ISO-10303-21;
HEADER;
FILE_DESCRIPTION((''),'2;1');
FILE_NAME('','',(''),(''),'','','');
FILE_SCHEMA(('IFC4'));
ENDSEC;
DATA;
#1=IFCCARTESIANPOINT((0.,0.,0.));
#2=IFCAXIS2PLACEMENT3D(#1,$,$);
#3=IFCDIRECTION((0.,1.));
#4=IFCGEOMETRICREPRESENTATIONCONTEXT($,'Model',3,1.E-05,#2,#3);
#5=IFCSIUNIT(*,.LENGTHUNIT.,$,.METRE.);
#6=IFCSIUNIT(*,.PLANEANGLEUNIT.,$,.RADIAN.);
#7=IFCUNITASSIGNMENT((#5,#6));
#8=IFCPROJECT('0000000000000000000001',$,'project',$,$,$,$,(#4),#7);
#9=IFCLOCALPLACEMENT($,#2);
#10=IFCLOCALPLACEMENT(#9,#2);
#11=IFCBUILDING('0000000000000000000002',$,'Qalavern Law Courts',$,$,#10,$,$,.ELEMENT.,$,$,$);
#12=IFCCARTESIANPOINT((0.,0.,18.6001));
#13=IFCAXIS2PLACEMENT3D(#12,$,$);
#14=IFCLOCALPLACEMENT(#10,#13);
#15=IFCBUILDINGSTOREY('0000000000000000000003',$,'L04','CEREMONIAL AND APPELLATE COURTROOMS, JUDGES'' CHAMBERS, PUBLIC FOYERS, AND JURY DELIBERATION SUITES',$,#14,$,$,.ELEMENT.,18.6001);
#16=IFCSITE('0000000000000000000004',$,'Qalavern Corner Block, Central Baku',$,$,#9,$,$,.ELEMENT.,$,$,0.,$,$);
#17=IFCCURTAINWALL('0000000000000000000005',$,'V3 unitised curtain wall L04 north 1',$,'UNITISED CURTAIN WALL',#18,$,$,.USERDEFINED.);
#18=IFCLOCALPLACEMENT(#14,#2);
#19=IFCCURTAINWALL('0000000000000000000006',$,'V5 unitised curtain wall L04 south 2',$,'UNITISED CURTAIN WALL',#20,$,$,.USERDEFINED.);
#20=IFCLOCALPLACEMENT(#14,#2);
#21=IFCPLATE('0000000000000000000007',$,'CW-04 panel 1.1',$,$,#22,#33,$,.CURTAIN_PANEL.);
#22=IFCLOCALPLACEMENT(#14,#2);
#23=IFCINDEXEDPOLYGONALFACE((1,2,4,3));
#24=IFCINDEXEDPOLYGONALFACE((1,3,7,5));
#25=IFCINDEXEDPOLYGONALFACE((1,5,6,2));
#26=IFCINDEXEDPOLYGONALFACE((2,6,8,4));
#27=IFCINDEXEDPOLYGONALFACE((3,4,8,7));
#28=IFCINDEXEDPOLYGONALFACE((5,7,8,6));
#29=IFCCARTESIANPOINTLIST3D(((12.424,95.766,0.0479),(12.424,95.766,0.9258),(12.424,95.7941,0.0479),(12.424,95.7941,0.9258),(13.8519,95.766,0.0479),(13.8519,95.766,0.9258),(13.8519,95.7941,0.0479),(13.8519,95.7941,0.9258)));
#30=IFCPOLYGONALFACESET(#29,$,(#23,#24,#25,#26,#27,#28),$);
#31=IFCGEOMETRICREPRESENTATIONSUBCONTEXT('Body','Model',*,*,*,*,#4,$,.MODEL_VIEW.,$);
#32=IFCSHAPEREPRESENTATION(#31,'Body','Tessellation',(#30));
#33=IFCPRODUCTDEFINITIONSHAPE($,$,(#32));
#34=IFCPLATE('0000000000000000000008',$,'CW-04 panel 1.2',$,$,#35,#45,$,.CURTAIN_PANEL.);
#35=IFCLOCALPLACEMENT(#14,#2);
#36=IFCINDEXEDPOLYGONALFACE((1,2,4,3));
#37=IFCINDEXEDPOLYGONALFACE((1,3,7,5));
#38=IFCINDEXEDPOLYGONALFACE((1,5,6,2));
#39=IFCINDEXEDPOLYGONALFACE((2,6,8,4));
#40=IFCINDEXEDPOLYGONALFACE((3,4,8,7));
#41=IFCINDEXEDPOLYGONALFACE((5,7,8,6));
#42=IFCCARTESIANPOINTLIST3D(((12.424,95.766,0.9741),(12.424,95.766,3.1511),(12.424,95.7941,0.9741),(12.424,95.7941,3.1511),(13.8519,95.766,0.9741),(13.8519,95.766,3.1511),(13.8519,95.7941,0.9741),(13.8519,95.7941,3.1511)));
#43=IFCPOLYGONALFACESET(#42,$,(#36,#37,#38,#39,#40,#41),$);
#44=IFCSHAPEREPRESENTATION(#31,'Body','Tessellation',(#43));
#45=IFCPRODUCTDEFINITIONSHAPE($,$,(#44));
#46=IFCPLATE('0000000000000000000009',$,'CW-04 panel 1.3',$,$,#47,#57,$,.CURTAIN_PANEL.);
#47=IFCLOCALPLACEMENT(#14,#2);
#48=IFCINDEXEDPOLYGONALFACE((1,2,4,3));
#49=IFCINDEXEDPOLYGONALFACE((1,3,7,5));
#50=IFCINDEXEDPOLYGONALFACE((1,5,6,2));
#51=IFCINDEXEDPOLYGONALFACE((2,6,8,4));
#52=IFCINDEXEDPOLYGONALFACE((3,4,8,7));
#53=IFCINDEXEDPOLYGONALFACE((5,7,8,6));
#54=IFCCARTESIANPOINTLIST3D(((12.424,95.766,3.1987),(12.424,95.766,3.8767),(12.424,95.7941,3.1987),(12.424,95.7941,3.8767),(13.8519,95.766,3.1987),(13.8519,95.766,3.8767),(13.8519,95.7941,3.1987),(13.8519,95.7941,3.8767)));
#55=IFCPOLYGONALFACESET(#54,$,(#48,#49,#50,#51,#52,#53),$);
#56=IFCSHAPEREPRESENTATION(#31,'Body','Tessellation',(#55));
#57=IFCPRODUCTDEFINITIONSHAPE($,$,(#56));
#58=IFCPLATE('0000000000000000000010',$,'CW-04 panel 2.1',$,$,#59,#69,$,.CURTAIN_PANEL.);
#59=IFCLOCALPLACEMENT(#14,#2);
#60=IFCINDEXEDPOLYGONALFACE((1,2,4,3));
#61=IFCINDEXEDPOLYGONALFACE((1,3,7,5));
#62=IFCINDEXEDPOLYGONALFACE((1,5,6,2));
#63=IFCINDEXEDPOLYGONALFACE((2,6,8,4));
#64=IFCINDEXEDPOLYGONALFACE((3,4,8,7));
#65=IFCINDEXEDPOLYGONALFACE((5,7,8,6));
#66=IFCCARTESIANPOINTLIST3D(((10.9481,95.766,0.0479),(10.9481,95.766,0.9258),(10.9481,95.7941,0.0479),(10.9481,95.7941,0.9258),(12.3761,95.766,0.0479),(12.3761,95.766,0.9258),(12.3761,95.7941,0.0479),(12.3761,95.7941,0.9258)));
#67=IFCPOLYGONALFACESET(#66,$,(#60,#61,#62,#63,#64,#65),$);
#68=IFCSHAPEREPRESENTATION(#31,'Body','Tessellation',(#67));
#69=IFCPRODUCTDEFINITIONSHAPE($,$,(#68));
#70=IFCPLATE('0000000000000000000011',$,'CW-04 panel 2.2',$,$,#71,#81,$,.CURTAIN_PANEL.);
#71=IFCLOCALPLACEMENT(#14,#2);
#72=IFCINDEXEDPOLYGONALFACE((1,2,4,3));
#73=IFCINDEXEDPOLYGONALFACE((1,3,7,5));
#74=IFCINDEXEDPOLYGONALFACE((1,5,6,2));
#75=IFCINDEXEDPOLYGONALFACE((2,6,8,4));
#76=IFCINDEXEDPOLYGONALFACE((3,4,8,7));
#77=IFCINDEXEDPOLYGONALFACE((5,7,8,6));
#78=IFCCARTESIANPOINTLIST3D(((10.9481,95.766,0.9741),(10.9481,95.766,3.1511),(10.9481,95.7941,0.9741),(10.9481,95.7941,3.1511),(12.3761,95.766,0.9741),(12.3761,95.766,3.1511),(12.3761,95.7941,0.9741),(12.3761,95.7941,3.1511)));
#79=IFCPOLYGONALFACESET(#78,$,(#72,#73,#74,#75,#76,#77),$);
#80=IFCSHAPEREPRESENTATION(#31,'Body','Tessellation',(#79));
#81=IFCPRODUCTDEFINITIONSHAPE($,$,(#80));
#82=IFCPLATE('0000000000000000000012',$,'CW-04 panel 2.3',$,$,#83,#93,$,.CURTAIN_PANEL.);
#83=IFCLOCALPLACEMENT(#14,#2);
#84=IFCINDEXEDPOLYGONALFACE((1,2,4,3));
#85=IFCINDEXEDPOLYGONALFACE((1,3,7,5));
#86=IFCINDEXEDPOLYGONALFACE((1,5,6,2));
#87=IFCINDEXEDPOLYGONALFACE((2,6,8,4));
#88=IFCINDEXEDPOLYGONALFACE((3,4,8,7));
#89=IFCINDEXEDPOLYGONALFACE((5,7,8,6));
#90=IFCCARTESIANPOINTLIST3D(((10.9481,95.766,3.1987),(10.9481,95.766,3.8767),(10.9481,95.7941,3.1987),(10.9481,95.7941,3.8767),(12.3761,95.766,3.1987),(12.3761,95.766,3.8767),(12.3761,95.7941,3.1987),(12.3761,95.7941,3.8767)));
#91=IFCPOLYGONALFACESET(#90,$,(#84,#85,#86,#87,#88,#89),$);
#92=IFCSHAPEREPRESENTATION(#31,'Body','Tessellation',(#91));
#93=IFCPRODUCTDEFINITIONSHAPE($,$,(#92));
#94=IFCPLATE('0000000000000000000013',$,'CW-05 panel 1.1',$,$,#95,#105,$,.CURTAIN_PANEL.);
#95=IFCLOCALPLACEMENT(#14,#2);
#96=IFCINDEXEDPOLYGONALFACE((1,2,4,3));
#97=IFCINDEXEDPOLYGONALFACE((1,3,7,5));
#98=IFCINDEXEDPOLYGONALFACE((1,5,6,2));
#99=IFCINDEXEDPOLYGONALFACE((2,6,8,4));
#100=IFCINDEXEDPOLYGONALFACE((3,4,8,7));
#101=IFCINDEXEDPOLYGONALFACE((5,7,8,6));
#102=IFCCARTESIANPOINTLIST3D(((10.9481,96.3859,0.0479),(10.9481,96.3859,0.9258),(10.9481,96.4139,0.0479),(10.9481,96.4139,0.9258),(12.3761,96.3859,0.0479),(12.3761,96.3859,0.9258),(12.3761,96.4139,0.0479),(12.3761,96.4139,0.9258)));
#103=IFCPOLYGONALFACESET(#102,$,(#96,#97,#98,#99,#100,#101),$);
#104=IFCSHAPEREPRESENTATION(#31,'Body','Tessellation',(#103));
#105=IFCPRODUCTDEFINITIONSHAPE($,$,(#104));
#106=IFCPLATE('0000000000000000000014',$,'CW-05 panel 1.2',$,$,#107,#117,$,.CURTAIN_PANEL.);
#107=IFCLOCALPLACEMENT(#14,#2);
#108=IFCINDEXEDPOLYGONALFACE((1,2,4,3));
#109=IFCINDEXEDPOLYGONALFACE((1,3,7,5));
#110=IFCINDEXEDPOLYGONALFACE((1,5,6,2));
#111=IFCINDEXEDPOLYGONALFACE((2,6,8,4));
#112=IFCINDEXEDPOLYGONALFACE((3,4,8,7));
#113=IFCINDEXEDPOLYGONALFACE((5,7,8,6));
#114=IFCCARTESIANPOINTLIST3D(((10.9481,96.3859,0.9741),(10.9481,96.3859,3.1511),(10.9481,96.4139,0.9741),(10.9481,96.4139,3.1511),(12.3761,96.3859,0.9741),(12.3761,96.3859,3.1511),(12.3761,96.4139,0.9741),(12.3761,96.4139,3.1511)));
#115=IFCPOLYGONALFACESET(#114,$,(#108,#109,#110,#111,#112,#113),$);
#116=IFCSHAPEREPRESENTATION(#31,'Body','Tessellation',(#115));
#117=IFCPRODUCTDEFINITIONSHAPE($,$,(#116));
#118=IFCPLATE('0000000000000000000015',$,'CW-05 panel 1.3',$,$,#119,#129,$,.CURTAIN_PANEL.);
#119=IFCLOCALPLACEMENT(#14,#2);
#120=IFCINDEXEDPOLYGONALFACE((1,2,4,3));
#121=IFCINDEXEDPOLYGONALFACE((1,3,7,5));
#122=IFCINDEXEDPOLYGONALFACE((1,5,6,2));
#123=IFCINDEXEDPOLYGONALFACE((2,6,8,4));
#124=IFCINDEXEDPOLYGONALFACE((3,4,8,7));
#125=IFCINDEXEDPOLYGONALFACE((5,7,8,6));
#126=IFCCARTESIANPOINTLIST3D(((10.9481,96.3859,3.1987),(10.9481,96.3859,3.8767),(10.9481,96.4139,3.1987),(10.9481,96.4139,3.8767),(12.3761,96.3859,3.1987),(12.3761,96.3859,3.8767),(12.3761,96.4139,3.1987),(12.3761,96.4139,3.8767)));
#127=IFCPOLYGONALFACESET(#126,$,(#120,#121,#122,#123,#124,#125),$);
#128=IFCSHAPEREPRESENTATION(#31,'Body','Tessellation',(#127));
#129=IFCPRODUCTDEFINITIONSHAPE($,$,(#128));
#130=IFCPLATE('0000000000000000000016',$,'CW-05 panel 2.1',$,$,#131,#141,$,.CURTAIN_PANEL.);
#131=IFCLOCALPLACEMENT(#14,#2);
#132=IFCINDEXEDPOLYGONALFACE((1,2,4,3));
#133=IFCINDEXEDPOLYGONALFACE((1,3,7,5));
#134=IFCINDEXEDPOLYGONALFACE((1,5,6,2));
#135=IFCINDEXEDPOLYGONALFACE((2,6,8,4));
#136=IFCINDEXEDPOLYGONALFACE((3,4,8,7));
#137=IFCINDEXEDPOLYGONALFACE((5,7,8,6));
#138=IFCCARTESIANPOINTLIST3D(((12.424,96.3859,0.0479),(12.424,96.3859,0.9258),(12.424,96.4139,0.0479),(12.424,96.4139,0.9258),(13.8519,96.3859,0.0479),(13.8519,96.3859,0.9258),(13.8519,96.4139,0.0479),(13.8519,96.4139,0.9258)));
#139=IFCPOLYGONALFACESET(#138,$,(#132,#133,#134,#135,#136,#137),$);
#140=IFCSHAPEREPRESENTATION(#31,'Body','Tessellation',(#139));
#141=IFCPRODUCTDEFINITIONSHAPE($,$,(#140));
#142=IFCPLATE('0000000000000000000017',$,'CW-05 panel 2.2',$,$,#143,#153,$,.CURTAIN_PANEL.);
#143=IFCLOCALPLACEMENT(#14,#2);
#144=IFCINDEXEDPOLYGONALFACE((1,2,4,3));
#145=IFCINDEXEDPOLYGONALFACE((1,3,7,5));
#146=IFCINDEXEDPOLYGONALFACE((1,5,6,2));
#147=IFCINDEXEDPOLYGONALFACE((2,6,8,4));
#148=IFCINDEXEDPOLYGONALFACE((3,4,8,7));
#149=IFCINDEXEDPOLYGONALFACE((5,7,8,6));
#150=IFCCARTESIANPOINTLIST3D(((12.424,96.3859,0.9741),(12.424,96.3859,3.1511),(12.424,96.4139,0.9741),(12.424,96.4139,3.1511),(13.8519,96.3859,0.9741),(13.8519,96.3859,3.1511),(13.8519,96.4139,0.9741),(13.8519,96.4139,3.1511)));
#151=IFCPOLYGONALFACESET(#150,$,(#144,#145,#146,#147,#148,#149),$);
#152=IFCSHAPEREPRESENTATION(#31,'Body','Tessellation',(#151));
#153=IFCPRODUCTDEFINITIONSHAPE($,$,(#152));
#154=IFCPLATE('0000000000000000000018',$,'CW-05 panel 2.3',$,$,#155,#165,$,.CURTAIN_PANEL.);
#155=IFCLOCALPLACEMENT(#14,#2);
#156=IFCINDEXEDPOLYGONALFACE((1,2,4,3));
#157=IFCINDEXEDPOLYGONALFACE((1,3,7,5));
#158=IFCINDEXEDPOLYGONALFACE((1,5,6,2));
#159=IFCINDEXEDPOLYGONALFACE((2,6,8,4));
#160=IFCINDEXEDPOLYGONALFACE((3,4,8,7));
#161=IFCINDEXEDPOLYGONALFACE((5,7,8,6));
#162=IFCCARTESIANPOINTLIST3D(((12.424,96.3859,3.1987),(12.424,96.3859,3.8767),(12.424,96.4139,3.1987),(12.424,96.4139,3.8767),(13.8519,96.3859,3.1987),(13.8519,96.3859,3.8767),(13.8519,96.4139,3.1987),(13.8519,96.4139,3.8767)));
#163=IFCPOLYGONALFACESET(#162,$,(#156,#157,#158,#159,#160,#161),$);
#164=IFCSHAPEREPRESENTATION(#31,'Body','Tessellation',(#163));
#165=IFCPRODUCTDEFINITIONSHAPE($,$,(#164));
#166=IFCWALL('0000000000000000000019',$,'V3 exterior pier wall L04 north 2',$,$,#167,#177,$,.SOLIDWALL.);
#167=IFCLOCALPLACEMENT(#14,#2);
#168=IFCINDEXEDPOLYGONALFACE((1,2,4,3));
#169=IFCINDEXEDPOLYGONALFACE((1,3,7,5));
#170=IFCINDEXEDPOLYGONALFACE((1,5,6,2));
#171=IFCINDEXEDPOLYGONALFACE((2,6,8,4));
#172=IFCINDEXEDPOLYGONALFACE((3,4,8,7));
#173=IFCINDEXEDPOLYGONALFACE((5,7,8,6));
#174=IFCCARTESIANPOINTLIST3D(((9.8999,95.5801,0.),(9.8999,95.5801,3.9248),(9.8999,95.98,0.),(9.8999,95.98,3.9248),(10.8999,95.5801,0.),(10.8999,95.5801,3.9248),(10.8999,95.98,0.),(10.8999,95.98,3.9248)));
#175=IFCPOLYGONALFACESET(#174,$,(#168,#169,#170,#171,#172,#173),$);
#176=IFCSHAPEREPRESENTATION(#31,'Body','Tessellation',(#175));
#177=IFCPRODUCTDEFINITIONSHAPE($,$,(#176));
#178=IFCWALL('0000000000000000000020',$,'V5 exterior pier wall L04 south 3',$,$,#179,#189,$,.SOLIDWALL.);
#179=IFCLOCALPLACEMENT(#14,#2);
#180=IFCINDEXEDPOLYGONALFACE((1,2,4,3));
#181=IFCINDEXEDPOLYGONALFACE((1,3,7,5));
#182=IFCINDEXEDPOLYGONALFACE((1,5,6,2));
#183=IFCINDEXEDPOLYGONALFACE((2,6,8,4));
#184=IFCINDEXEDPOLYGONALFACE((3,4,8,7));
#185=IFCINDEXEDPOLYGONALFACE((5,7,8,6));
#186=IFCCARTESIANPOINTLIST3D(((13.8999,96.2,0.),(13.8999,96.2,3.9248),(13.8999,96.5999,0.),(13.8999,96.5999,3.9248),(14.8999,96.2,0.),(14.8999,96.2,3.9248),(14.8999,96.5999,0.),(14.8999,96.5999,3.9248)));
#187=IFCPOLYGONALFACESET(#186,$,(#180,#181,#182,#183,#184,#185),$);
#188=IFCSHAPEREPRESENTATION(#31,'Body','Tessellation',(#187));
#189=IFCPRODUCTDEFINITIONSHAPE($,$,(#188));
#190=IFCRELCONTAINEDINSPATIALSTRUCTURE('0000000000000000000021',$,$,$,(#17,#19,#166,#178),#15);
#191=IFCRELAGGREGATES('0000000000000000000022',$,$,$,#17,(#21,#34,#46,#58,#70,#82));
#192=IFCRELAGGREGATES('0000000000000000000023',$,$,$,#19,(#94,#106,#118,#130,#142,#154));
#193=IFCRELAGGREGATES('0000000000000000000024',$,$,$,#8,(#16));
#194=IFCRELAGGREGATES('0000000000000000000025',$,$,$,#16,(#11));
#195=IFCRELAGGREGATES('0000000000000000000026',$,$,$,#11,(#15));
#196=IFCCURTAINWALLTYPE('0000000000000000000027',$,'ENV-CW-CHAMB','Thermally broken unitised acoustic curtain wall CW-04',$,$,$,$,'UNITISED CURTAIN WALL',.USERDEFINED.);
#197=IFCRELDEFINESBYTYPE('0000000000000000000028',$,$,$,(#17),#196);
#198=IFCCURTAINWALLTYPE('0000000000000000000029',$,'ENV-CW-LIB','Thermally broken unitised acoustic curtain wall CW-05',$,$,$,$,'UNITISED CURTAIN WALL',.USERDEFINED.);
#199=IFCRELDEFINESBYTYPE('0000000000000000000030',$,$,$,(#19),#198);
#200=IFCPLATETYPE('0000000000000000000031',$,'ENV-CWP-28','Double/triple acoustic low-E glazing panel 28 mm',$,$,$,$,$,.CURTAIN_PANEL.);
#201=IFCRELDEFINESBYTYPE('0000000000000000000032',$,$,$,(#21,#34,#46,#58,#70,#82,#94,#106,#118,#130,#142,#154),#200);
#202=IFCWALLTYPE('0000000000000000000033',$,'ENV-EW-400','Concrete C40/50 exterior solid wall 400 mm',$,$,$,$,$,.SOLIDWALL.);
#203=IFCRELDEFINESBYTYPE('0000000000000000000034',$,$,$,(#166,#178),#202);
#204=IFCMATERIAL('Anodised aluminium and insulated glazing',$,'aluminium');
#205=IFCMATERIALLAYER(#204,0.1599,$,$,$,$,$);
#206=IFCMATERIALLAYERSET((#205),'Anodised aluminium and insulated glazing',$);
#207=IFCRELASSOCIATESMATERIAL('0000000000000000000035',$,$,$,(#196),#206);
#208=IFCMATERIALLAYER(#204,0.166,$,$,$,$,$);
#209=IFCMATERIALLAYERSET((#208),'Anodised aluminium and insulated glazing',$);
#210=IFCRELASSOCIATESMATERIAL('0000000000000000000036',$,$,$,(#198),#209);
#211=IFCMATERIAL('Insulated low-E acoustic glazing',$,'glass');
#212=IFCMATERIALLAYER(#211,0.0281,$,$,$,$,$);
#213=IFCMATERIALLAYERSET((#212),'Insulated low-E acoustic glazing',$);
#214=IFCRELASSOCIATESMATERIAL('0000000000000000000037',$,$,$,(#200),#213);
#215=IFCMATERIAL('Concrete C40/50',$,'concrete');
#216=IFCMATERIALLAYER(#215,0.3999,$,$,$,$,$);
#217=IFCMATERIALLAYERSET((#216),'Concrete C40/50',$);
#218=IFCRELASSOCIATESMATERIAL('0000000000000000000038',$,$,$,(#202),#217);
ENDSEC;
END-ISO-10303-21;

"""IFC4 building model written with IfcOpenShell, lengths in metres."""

from ifc_helpers import new_model, si_unit, direction, frame, frame_2d, origin, origin_2d, place, context, subcontext, project, spatial, rectangle, extrude, material, layer, layer_set, type_object, element, aggregate, save


model = new_model("IFC4")

# Units and contexts
model_context = context("Model", 3, precision=1e-05, world=origin(), true_north=direction((0.0, 1.0)))
body_context = subcontext(model_context, "Body", "Model", "MODEL_VIEW")
ifc_project = project(units=[si_unit("LENGTHUNIT", "METRE"), si_unit("PLANEANGLEUNIT", "RADIAN")], contexts=[model_context])

# Site, building, storey
site_placement = place(None, origin())
site = spatial("IfcSite", under=ifc_project, at=site_placement, Name="Qalavern Corner Block, Central Baku", CompositionType="ELEMENT", RefElevation=0.0)
building_placement = place(site_placement, origin())
building = spatial("IfcBuilding", under=site, at=building_placement, Name="Qalavern Law Courts", CompositionType="ELEMENT")
storey_placement = place(building_placement, frame((0.0, 0.0, 18.6001)))
storey = spatial("IfcBuildingStorey", under=building, at=storey_placement, Name="L04", Description="CEREMONIAL AND APPELLATE COURTROOMS, JUDGES' CHAMBERS, PUBLIC FOYERS, AND JURY DELIBERATION SUITES", CompositionType="ELEMENT", Elevation=18.6001)

# Curtain walls
ifc_material_1 = material(Name="Anodised aluminium and insulated glazing", Category="aluminium")
ifc_layer_1 = layer(ifc_material_1, 0.1599)
ifc_layer_set_1 = layer_set([ifc_layer_1], Name="Anodised aluminium and insulated glazing")
curtain_wall_type_1 = type_object("IfcCurtainWallType", Name="ENV-CW-CHAMB", Description="Thermally broken unitised acoustic curtain wall CW-04", ElementType="UNITISED CURTAIN WALL", PredefinedType="USERDEFINED", material=ifc_layer_set_1)
curtain_wall_1_placement = place(storey_placement, origin())
curtain_wall_1 = element("IfcCurtainWall", 1, at=curtain_wall_1_placement, inside=storey, type_object=curtain_wall_type_1, Name="V3 unitised curtain wall L04 north 1", ObjectType="UNITISED CURTAIN WALL", PredefinedType="USERDEFINED")
ifc_layer_2 = layer(ifc_material_1, 0.166)
ifc_layer_set_2 = layer_set([ifc_layer_2], Name="Anodised aluminium and insulated glazing")
curtain_wall_type_2 = type_object("IfcCurtainWallType", Name="ENV-CW-LIB", Description="Thermally broken unitised acoustic curtain wall CW-05", ElementType="UNITISED CURTAIN WALL", PredefinedType="USERDEFINED", material=ifc_layer_set_2)
curtain_wall_2_placement = place(storey_placement, origin())
curtain_wall_2 = element("IfcCurtainWall", 2, at=curtain_wall_2_placement, inside=storey, type_object=curtain_wall_type_2, Name="V5 unitised curtain wall L04 south 2", ObjectType="UNITISED CURTAIN WALL", PredefinedType="USERDEFINED")

# Plates
ifc_material_2 = material(Name="Insulated low-E acoustic glazing", Category="glass")
ifc_layer_3 = layer(ifc_material_2, 0.0281)
ifc_layer_set_3 = layer_set([ifc_layer_3], Name="Insulated low-E acoustic glazing")
plate_type = type_object("IfcPlateType", Name="ENV-CWP-28", Description="Double/triple acoustic low-E glazing panel 28 mm", PredefinedType="CURTAIN_PANEL", material=ifc_layer_set_3)
plate_1_placement = place(storey_placement, frame((13.1379, 95.78, 0.0479), z_axis=(0.0, 0.0, 1.0), x_axis=(-1.0, 0.0, 0.0)))
plate_1 = element("IfcPlate", 3, at=plate_1_placement, type_object=plate_type, Name="CW-04 panel 1.1", PredefinedType="CURTAIN_PANEL", context=body_context, shape_type="SweptSolid", body=[
    extrude(rectangle(XDim=1.428, YDim=0.0281, at=origin_2d()), origin(), (0.0, 0.0, 1.0), 0.8779),
])
plate_2_placement = place(storey_placement, frame((13.1379, 95.78, 0.9741), z_axis=(0.0, 0.0, 1.0), x_axis=(-1.0, 0.0, 0.0)))
plate_2 = element("IfcPlate", 4, at=plate_2_placement, type_object=plate_type, Name="CW-04 panel 1.2", PredefinedType="CURTAIN_PANEL", context=body_context, shape_type="SweptSolid", body=[
    extrude(rectangle(XDim=1.428, YDim=0.0281, at=origin_2d()), origin(), (0.0, 0.0, 1.0), 2.177),
])
plate_3_placement = place(storey_placement, frame((13.1379, 95.78, 3.1987), z_axis=(0.0, 0.0, 1.0), x_axis=(-1.0, 0.0, 0.0)))
plate_3 = element("IfcPlate", 5, at=plate_3_placement, type_object=plate_type, Name="CW-04 panel 1.3", PredefinedType="CURTAIN_PANEL", context=body_context, shape_type="SweptSolid", body=[
    extrude(rectangle(XDim=1.428, YDim=0.0281, at=origin_2d()), origin(), (0.0, 0.0, 1.0), 0.678),
])
plate_4_placement = place(storey_placement, frame((11.6621, 95.78, 0.0479), z_axis=(0.0, 0.0, 1.0), x_axis=(-1.0, 0.0, 0.0)))
plate_4 = element("IfcPlate", 6, at=plate_4_placement, type_object=plate_type, Name="CW-04 panel 2.1", PredefinedType="CURTAIN_PANEL", context=body_context, shape_type="SweptSolid", body=[
    extrude(rectangle(XDim=1.428, YDim=0.0281, at=origin_2d()), origin(), (0.0, 0.0, 1.0), 0.8779),
])
plate_5_placement = place(storey_placement, frame((11.6621, 95.78, 0.9741), z_axis=(0.0, 0.0, 1.0), x_axis=(-1.0, 0.0, 0.0)))
plate_5 = element("IfcPlate", 7, at=plate_5_placement, type_object=plate_type, Name="CW-04 panel 2.2", PredefinedType="CURTAIN_PANEL", context=body_context, shape_type="SweptSolid", body=[
    extrude(rectangle(XDim=1.428, YDim=0.0281, at=origin_2d()), origin(), (0.0, 0.0, 1.0), 2.177),
])
plate_6_placement = place(storey_placement, frame((11.6621, 95.78, 3.1987), z_axis=(0.0, 0.0, 1.0), x_axis=(-1.0, 0.0, 0.0)))
plate_6 = element("IfcPlate", 8, at=plate_6_placement, type_object=plate_type, Name="CW-04 panel 2.3", PredefinedType="CURTAIN_PANEL", context=body_context, shape_type="SweptSolid", body=[
    extrude(rectangle(XDim=1.428, YDim=0.0281, at=origin_2d()), origin(), (0.0, 0.0, 1.0), 0.678),
])
aggregate(curtain_wall_1, [plate_1, plate_2, plate_3, plate_4, plate_5, plate_6])
plate_7_placement = place(storey_placement, frame((11.6621, 96.3999, 0.0479), z_axis=(0.0, 0.0, 1.0), x_axis=(1.0, 0.0, 0.0)))
plate_7 = element("IfcPlate", 9, at=plate_7_placement, type_object=plate_type, Name="CW-05 panel 1.1", PredefinedType="CURTAIN_PANEL", context=body_context, shape_type="SweptSolid", body=[
    extrude(rectangle(XDim=1.428, YDim=0.0281, at=origin_2d()), origin(), (0.0, 0.0, 1.0), 0.8779),
])
plate_8_placement = place(storey_placement, frame((11.6621, 96.3999, 0.9741), z_axis=(0.0, 0.0, 1.0), x_axis=(1.0, 0.0, 0.0)))
plate_8 = element("IfcPlate", 10, at=plate_8_placement, type_object=plate_type, Name="CW-05 panel 1.2", PredefinedType="CURTAIN_PANEL", context=body_context, shape_type="SweptSolid", body=[
    extrude(rectangle(XDim=1.428, YDim=0.0281, at=origin_2d()), origin(), (0.0, 0.0, 1.0), 2.177),
])
plate_9_placement = place(storey_placement, frame((11.6621, 96.3999, 3.1987), z_axis=(0.0, 0.0, 1.0), x_axis=(1.0, 0.0, 0.0)))
plate_9 = element("IfcPlate", 11, at=plate_9_placement, type_object=plate_type, Name="CW-05 panel 1.3", PredefinedType="CURTAIN_PANEL", context=body_context, shape_type="SweptSolid", body=[
    extrude(rectangle(XDim=1.428, YDim=0.0281, at=origin_2d()), origin(), (0.0, 0.0, 1.0), 0.678),
])
plate_10_placement = place(storey_placement, frame((13.1379, 96.3999, 0.0479), z_axis=(0.0, 0.0, 1.0), x_axis=(1.0, 0.0, 0.0)))
plate_10 = element("IfcPlate", 12, at=plate_10_placement, type_object=plate_type, Name="CW-05 panel 2.1", PredefinedType="CURTAIN_PANEL", context=body_context, shape_type="SweptSolid", body=[
    extrude(rectangle(XDim=1.428, YDim=0.0281, at=origin_2d()), origin(), (0.0, 0.0, 1.0), 0.8779),
])
plate_11_placement = place(storey_placement, frame((13.1379, 96.3999, 0.9741), z_axis=(0.0, 0.0, 1.0), x_axis=(1.0, 0.0, 0.0)))
plate_11 = element("IfcPlate", 13, at=plate_11_placement, type_object=plate_type, Name="CW-05 panel 2.2", PredefinedType="CURTAIN_PANEL", context=body_context, shape_type="SweptSolid", body=[
    extrude(rectangle(XDim=1.428, YDim=0.0281, at=origin_2d()), origin(), (0.0, 0.0, 1.0), 2.177),
])
plate_12_placement = place(storey_placement, frame((13.1379, 96.3999, 3.1987), z_axis=(0.0, 0.0, 1.0), x_axis=(1.0, 0.0, 0.0)))
plate_12 = element("IfcPlate", 14, at=plate_12_placement, type_object=plate_type, Name="CW-05 panel 2.3", PredefinedType="CURTAIN_PANEL", context=body_context, shape_type="SweptSolid", body=[
    extrude(rectangle(XDim=1.428, YDim=0.0281, at=origin_2d()), origin(), (0.0, 0.0, 1.0), 0.678),
])
aggregate(curtain_wall_2, [plate_7, plate_8, plate_9, plate_10, plate_11, plate_12])

# Walls
ifc_material_3 = material(Name="Concrete C40/50", Category="concrete")
ifc_layer_4 = layer(ifc_material_3, 0.3999)
ifc_layer_set_4 = layer_set([ifc_layer_4], Name="Concrete C40/50")
wall_type = type_object("IfcWallType", Name="ENV-EW-400", Description="Concrete C40/50 exterior solid wall 400 mm", PredefinedType="SOLIDWALL", material=ifc_layer_set_4)
for number, where, z_axis, x_axis, name in (
    (15, (10.8999, 95.78, 0.0), (0.0, 0.0, 1.0), (-1.0, 0.0, 0.0), "V3 exterior pier wall L04 north 2"),
    (16, (13.8999, 96.3999, 0.0), (0.0, 0.0, 1.0), (1.0, 0.0, 0.0), "V5 exterior pier wall L04 south 3"),
):
    element("IfcWall", number, at=place(storey_placement, frame(where, z_axis=z_axis, x_axis=x_axis)), inside=storey, type_object=wall_type, Name=name, PredefinedType="SOLIDWALL", context=body_context, shape_type="SweptSolid", body=[
        extrude(rectangle(XDim=1.0, YDim=0.3999, at=frame_2d((0.5, 0.0))), origin(), (0.0, 0.0, 1.0), 3.9248),
    ])

save(model, "model.ifc")
